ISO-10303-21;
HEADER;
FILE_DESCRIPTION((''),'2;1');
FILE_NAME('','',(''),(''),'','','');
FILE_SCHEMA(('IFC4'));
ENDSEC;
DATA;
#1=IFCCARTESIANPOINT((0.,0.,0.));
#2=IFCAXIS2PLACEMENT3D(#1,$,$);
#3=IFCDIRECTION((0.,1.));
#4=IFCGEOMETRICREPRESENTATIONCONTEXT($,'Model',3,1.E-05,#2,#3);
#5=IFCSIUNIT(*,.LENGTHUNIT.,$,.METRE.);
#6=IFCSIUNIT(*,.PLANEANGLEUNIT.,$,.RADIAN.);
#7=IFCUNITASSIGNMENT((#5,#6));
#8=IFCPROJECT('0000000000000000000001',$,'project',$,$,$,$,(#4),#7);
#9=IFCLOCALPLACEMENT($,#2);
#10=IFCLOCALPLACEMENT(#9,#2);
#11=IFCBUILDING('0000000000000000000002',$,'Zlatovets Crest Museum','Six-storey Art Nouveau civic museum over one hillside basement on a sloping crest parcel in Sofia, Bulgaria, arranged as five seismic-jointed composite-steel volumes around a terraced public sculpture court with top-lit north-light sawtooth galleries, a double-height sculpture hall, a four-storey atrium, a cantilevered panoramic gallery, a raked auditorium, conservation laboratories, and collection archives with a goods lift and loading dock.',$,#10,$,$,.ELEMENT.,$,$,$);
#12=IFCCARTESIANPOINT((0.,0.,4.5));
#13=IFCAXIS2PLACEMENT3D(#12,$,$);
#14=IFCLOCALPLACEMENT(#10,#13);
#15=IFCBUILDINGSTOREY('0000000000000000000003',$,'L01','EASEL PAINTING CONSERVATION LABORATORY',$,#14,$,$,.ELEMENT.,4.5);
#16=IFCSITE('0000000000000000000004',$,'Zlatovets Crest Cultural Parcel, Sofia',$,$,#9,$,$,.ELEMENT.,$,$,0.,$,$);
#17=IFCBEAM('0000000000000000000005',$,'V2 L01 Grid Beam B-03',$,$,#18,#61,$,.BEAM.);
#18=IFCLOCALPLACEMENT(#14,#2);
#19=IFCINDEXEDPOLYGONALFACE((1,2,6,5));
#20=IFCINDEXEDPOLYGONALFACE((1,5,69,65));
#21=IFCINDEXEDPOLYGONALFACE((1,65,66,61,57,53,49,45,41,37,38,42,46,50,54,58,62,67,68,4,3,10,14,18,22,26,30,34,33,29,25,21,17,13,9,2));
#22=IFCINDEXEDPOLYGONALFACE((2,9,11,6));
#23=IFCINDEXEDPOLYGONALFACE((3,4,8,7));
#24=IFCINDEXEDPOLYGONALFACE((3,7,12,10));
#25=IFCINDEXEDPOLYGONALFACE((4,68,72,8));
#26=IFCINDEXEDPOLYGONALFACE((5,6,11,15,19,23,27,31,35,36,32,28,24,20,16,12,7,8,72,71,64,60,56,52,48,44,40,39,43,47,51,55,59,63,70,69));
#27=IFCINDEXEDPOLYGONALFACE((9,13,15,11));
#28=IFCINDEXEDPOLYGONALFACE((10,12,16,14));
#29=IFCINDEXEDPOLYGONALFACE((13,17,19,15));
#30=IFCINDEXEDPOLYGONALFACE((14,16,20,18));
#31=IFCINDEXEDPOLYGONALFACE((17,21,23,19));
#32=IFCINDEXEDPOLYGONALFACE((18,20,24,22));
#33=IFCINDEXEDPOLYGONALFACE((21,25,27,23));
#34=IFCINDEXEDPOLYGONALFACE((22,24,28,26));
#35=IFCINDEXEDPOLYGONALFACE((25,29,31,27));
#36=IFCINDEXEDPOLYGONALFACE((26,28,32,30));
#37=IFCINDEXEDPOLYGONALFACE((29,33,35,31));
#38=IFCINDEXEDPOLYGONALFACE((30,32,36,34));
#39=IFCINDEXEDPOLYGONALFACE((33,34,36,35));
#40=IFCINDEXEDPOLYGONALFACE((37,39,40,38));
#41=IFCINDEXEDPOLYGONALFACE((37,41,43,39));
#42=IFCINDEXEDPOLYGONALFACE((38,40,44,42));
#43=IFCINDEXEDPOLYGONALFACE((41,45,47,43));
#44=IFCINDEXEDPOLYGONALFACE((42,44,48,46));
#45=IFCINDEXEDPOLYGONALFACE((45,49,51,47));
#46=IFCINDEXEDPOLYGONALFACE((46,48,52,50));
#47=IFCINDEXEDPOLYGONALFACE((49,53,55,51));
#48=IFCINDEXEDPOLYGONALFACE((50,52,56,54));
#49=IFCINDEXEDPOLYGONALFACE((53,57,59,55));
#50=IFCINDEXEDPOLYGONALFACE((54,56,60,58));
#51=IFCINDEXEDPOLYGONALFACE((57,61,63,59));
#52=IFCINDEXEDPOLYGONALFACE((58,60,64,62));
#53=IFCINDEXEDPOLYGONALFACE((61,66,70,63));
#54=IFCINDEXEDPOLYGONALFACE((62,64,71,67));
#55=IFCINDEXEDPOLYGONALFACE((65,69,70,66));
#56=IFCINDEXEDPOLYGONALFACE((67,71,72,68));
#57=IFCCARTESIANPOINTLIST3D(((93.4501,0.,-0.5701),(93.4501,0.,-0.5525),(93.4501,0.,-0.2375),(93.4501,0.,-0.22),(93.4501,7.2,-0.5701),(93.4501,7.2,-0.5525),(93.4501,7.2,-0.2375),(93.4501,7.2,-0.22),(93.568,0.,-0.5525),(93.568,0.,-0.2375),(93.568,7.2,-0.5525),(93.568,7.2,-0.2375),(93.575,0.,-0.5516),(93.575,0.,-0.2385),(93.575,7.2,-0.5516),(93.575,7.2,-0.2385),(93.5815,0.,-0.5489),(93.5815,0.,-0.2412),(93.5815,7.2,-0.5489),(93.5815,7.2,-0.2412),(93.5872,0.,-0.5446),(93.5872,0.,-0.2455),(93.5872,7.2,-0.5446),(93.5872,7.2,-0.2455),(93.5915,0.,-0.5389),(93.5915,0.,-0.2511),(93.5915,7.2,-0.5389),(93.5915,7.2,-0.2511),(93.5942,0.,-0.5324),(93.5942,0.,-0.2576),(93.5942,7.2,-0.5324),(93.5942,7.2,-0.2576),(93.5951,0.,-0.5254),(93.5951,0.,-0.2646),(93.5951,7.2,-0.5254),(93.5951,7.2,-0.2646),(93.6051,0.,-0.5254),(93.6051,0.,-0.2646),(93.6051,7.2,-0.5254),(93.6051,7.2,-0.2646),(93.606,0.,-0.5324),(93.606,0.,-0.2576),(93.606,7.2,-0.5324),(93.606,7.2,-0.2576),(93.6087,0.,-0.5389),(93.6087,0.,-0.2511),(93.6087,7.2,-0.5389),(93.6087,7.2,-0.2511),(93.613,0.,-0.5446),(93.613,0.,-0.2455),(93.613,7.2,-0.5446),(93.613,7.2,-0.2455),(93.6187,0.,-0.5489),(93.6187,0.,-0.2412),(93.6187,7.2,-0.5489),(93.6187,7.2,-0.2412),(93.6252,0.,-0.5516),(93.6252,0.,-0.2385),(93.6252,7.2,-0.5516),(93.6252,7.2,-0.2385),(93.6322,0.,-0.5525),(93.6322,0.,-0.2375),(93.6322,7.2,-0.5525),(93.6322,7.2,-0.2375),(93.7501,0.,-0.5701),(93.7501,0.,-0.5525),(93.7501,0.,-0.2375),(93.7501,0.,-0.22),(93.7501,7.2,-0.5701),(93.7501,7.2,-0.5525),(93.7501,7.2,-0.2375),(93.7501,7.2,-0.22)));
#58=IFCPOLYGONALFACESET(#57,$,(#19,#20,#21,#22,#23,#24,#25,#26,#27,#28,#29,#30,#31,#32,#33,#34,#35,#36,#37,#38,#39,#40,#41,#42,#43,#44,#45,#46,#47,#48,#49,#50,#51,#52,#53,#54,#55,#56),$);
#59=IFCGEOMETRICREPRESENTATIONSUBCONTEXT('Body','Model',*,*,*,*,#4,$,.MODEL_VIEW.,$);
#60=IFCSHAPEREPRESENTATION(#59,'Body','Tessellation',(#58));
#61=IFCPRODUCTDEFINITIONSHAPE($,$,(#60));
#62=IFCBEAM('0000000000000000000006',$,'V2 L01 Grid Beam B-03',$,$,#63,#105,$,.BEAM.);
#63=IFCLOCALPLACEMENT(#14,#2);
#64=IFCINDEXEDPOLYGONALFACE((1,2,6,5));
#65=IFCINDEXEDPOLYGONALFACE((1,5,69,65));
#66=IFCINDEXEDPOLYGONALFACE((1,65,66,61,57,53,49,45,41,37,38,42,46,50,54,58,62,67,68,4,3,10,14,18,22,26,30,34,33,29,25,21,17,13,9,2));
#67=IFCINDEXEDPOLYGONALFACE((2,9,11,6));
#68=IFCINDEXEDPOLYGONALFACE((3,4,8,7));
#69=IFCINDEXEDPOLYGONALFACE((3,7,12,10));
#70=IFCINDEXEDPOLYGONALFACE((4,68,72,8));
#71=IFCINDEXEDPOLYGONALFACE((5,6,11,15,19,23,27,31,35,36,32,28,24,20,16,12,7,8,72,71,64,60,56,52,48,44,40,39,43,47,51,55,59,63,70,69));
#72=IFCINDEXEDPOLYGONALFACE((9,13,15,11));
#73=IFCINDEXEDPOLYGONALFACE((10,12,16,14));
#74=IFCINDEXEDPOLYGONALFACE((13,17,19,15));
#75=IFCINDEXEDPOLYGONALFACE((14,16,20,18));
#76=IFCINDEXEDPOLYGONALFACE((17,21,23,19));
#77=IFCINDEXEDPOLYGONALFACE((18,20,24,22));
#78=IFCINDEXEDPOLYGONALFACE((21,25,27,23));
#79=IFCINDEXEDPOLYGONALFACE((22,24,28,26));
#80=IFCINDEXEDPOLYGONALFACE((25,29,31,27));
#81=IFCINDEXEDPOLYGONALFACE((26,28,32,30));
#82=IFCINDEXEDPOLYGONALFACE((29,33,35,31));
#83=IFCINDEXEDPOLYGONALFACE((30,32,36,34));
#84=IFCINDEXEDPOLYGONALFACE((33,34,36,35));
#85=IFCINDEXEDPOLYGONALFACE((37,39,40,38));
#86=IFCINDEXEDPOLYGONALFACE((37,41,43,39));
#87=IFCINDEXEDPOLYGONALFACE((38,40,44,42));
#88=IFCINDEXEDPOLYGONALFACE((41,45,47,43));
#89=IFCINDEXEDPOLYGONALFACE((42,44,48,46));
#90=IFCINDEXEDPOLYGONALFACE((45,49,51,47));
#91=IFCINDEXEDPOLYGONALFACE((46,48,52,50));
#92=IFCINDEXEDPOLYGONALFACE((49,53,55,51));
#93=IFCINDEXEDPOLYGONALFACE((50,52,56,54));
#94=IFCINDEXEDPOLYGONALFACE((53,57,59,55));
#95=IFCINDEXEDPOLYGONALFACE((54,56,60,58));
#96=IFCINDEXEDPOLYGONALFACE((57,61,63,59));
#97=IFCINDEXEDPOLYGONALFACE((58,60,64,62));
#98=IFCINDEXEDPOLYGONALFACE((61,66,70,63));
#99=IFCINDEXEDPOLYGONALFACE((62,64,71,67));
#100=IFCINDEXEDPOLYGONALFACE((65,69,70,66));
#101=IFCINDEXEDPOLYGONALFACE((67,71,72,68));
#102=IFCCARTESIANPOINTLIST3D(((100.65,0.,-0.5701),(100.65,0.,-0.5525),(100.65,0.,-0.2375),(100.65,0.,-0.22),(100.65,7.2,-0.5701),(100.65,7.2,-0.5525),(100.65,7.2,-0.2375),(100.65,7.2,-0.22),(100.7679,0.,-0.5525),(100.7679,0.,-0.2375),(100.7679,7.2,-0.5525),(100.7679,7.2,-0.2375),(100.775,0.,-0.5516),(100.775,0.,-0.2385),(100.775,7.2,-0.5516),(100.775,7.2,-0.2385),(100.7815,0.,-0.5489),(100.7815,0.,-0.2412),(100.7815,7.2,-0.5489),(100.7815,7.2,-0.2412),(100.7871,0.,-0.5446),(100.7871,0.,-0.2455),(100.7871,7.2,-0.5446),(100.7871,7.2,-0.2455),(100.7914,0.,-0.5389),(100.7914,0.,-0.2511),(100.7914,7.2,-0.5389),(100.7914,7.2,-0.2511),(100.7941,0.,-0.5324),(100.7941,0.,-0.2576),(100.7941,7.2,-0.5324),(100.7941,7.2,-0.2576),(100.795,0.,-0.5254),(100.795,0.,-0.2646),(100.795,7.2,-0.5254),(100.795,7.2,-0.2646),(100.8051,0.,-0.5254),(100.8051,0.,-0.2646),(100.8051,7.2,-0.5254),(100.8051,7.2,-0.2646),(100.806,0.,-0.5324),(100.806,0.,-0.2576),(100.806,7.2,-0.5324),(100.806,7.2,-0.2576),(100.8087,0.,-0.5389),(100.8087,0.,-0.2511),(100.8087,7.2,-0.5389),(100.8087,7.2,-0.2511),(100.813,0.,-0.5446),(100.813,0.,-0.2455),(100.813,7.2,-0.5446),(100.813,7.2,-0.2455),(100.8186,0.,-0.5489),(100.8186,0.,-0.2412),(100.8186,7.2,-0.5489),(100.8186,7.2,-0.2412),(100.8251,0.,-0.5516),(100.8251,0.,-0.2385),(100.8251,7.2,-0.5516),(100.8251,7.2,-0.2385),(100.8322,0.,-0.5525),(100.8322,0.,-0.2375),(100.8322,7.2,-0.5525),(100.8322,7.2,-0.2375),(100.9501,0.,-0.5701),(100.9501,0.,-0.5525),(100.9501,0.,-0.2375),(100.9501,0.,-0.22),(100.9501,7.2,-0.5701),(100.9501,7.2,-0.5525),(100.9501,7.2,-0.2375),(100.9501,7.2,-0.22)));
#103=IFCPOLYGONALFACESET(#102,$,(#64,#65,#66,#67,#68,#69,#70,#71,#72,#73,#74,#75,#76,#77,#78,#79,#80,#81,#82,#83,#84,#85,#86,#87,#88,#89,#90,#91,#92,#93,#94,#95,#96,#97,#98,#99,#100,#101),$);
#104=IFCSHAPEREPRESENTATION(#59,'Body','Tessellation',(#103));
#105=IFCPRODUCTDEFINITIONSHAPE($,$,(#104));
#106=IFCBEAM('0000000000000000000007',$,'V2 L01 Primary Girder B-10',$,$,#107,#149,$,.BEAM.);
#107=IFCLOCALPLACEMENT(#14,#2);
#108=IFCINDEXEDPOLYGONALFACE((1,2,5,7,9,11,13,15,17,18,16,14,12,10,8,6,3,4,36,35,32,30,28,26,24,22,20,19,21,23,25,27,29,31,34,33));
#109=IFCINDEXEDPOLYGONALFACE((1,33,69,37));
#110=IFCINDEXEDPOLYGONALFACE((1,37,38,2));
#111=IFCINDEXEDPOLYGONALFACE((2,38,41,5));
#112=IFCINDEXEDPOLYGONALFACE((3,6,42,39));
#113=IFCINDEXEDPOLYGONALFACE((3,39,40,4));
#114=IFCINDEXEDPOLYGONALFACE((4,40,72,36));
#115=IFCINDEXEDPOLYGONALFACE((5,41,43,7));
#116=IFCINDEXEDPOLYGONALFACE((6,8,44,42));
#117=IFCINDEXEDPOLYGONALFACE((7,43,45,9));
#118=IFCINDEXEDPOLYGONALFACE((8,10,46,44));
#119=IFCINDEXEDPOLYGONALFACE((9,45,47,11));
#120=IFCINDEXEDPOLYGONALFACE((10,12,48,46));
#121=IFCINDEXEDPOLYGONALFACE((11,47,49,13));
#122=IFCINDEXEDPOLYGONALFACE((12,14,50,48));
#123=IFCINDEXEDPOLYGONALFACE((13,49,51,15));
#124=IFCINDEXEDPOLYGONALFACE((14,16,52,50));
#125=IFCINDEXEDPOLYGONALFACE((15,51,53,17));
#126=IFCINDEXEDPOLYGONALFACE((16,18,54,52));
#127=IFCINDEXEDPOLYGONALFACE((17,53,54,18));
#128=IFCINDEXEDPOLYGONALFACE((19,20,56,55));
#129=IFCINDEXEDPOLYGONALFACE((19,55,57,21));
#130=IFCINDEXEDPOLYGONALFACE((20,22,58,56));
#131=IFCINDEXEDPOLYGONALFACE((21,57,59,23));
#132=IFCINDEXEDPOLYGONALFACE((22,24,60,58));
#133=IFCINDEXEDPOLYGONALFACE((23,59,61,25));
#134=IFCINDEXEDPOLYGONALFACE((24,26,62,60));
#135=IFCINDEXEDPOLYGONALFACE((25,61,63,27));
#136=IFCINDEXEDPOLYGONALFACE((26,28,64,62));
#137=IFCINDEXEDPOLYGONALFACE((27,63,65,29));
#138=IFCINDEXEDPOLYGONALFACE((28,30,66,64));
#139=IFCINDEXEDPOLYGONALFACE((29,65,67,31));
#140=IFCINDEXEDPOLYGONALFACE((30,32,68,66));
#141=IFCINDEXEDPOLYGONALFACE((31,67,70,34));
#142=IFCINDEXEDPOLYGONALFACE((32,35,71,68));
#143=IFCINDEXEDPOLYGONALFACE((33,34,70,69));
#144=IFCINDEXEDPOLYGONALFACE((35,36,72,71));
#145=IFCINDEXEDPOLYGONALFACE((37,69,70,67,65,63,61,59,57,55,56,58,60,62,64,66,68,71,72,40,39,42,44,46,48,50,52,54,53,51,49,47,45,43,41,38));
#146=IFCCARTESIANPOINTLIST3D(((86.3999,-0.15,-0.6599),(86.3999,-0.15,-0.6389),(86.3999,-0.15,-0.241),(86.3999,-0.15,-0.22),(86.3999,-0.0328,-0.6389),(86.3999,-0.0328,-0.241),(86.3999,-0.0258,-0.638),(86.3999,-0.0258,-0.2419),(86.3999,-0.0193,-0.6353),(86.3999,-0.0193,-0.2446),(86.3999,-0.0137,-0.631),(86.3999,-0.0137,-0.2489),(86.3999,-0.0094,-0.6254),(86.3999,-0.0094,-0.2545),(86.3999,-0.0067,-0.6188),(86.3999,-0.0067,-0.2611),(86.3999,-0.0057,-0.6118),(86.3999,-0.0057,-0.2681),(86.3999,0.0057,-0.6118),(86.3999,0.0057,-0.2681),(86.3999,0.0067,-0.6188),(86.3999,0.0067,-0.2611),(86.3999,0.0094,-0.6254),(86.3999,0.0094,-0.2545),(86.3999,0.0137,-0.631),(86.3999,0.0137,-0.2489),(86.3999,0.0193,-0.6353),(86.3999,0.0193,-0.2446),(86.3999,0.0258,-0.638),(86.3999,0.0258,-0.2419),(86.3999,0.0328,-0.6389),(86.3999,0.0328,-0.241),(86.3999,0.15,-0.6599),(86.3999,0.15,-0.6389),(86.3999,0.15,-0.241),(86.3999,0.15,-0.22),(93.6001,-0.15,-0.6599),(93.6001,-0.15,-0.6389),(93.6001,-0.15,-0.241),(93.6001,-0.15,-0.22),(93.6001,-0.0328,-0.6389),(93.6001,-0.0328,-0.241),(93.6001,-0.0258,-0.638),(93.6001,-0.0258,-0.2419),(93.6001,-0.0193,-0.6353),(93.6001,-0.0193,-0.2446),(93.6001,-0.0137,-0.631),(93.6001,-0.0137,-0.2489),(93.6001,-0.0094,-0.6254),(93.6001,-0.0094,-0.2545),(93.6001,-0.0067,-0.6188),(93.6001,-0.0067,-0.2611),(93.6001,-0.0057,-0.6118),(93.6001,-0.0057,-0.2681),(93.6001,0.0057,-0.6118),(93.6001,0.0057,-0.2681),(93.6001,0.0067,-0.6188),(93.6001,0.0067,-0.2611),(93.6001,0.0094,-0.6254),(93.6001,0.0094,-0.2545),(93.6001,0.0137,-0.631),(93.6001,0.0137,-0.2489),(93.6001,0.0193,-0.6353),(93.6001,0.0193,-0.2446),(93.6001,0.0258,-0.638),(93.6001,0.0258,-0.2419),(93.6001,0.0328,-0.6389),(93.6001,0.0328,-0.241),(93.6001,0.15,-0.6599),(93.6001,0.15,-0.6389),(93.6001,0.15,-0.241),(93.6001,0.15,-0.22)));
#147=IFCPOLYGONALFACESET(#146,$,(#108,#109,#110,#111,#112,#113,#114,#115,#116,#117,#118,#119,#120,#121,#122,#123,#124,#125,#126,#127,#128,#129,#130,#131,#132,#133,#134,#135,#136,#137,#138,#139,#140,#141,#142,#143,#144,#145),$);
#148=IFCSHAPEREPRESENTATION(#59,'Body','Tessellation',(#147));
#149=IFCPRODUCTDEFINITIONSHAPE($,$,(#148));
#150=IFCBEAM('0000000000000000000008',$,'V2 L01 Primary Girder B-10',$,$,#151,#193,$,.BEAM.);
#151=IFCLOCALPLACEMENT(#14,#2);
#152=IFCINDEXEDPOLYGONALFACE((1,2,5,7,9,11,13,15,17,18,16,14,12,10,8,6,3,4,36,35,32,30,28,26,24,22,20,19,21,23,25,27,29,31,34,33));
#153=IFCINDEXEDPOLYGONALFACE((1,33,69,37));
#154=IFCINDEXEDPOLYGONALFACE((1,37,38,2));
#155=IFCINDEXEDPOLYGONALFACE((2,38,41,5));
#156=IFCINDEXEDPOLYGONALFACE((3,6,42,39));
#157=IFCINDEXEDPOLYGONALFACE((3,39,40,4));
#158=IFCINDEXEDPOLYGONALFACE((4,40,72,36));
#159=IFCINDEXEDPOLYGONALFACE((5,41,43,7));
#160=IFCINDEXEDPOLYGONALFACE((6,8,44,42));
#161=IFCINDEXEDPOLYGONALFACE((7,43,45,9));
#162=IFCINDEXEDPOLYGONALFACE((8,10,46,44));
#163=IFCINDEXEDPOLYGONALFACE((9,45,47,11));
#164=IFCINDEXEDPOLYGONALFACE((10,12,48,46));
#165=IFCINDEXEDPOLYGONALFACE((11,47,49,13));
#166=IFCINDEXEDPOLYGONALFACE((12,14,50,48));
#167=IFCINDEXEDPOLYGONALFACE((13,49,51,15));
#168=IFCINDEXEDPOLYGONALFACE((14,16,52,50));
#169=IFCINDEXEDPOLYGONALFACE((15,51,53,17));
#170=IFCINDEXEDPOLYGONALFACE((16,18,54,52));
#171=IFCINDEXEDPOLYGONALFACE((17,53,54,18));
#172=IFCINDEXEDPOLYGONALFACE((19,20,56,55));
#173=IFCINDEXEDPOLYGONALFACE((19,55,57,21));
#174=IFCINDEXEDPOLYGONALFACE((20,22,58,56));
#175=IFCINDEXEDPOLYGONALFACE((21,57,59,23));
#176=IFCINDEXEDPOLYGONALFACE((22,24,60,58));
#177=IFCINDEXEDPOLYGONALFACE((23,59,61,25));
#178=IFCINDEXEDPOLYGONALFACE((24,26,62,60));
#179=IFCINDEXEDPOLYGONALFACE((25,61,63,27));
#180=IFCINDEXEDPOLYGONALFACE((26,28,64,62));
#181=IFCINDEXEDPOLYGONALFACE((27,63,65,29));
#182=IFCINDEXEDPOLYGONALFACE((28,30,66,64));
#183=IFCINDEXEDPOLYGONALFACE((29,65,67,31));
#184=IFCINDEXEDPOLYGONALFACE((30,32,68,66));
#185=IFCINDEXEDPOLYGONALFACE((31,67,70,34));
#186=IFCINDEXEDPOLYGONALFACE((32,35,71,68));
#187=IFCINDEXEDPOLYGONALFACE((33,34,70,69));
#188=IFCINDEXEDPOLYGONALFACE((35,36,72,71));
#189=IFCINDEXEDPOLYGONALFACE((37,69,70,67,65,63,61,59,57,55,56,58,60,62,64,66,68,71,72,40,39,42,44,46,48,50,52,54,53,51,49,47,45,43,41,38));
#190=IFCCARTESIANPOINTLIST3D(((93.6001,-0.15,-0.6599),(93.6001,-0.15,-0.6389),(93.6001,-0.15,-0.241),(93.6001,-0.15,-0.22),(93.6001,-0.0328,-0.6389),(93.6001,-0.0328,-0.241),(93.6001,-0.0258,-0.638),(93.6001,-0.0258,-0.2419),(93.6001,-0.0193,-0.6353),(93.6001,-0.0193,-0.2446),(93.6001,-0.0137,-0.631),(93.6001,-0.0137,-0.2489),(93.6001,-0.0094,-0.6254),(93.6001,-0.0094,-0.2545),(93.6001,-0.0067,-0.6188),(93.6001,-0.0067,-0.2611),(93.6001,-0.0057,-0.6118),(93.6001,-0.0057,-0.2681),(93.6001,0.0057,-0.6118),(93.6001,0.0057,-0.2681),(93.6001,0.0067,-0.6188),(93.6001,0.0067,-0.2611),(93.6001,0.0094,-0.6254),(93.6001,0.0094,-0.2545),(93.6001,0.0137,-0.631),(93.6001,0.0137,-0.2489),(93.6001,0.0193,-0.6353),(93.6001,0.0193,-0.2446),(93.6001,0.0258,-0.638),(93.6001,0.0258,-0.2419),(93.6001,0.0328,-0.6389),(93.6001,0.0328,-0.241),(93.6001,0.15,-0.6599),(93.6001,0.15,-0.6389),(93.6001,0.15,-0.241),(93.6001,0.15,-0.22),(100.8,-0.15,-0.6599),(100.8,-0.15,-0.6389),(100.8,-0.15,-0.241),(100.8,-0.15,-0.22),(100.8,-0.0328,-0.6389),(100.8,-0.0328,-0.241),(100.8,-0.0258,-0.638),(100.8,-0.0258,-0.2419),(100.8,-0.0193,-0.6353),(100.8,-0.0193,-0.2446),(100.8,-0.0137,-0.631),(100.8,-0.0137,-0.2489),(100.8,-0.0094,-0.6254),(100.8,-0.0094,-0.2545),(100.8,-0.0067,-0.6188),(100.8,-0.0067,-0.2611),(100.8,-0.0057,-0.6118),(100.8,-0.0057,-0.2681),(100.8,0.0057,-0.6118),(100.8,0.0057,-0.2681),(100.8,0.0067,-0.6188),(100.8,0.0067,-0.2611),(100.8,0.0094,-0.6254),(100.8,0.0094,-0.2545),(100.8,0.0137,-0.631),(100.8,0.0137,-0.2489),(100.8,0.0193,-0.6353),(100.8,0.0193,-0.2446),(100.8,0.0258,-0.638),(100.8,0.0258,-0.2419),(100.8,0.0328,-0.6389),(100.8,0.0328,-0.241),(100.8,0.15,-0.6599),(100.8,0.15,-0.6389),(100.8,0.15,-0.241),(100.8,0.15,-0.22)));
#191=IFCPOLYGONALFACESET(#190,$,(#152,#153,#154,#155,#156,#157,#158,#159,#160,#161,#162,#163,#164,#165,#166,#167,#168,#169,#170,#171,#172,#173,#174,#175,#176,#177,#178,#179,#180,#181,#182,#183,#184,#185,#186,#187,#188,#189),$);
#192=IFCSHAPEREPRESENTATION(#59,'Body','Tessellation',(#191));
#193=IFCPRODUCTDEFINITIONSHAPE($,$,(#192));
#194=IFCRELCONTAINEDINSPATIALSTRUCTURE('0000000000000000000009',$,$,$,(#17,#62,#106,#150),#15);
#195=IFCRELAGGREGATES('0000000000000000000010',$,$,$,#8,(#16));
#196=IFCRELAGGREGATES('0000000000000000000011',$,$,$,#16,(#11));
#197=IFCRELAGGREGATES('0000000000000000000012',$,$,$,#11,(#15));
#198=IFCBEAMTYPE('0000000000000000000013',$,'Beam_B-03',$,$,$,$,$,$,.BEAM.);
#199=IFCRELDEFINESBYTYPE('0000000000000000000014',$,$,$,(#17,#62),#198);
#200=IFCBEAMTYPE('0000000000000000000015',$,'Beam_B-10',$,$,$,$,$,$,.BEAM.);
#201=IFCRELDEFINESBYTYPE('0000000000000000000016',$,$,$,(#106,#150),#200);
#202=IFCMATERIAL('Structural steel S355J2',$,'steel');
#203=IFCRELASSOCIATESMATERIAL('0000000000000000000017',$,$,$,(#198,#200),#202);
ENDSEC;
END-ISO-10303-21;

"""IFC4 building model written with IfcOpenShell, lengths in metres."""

from ifc_helpers import new_model, si_unit, direction, frame, origin, origin_2d, place, context, subcontext, project, spatial, i_section, extrude, material, material_profile, profile_set, type_object, element, save


model = new_model("IFC4")

# Units and contexts
model_context = context("Model", 3, precision=1e-05, world=origin(), true_north=direction((0.0, 1.0)))
body_context = subcontext(model_context, "Body", "Model", "MODEL_VIEW")
ifc_project = project(units=[si_unit("LENGTHUNIT", "METRE"), si_unit("PLANEANGLEUNIT", "RADIAN")], contexts=[model_context])

# Site, building, storey
site_placement = place(None, origin())
site = spatial("IfcSite", under=ifc_project, at=site_placement, Name="Zlatovets Crest Cultural Parcel, Sofia", CompositionType="ELEMENT", RefElevation=0.0)
building_placement = place(site_placement, origin())
building = spatial("IfcBuilding", under=site, at=building_placement, Name="Zlatovets Crest Museum", Description="Six-storey Art Nouveau civic museum over one hillside basement on a sloping crest parcel in Sofia, Bulgaria, arranged as five seismic-jointed composite-steel volumes around a terraced public sculpture court with top-lit north-light sawtooth galleries, a double-height sculpture hall, a four-storey atrium, a cantilevered panoramic gallery, a raked auditorium, conservation laboratories, and collection archives with a goods lift and loading dock.", CompositionType="ELEMENT")
storey_placement = place(building_placement, frame((0.0, 0.0, 4.5)))
storey = spatial("IfcBuildingStorey", under=building, at=storey_placement, Name="L01", Description="EASEL PAINTING CONSERVATION LABORATORY", CompositionType="ELEMENT", Elevation=4.5)

# Shared definitions
ifc_material_1 = material(Name="Structural steel S355J2", Category="steel")

# Beams
ifc_material_profile_1 = material_profile(ifc_material_1, i_section(OverallWidth=0.3, OverallDepth=0.3501, WebThickness=0.01, FlangeThickness=0.0176, FilletRadius=0.0271, at=origin_2d()), Name="HEA 360")
ifc_profile_set_1 = profile_set([ifc_material_profile_1], Name="Structural steel S355J2")
beam_type_1 = type_object("IfcBeamType", Name="Beam_B-03", PredefinedType="BEAM", material=ifc_profile_set_1)
for number, where, z_axis, x_axis, name in (
    (1, (93.6001, 0.0, -0.395), (0.0, 1.0, 0.0), (-1.0, 0.0, 0.0), "V2 L01 Grid Beam B-03"),
    (2, (100.8, 0.0, -0.395), (0.0, 1.0, 0.0), (-1.0, 0.0, 0.0), "V2 L01 Grid Beam B-03"),
):
    element("IfcBeam", number, at=place(storey_placement, frame(where, z_axis=z_axis, x_axis=x_axis)), inside=storey, type_object=beam_type_1, Name=name, PredefinedType="BEAM", context=body_context, shape_type="SweptSolid", body=[
        extrude(i_section(OverallWidth=0.3, OverallDepth=0.3501, WebThickness=0.01, FlangeThickness=0.0176, FilletRadius=0.0271, at=origin_2d()), origin(), (0.0, 0.0, 1.0), 7.2),
    ])
ifc_material_profile_2 = material_profile(ifc_material_1, i_section(OverallWidth=0.3, OverallDepth=0.4399, WebThickness=0.0115, FlangeThickness=0.021, FilletRadius=0.0271, at=origin_2d()), Name="HEA 450")
ifc_profile_set_2 = profile_set([ifc_material_profile_2], Name="Structural steel S355J2")
beam_type_2 = type_object("IfcBeamType", Name="Beam_B-10", PredefinedType="BEAM", material=ifc_profile_set_2)
beam_placement = place(storey_placement, frame((86.3999, 0.0, -0.4399), z_axis=(1.0, 0.0, 0.0), x_axis=(0.0, 1.0, 0.0)))
element("IfcBeam", 3, at=beam_placement, inside=storey, type_object=beam_type_2, Name="V2 L01 Primary Girder B-10", PredefinedType="BEAM", context=body_context, shape_type="SweptSolid", body=[
    extrude(i_section(OverallWidth=0.3, OverallDepth=0.4399, WebThickness=0.0115, FlangeThickness=0.021, FilletRadius=0.0271, at=origin_2d()), origin(), (0.0, 0.0, 1.0), 7.2002),
])
for number, where, z_axis, x_axis, name in (
    (4, (93.6001, 0.0, -0.4399), (1.0, 0.0, 0.0), (0.0, 1.0, 0.0), "V2 L01 Primary Girder B-10"),
):
    element("IfcBeam", number, at=place(storey_placement, frame(where, z_axis=z_axis, x_axis=x_axis)), inside=storey, type_object=beam_type_2, Name=name, PredefinedType="BEAM", context=body_context, shape_type="SweptSolid", body=[
        extrude(i_section(OverallWidth=0.3, OverallDepth=0.4399, WebThickness=0.0115, FlangeThickness=0.021, FilletRadius=0.0271, at=origin_2d()), origin(), (0.0, 0.0, 1.0), 7.2),
    ])

save(model, "model.ifc")
